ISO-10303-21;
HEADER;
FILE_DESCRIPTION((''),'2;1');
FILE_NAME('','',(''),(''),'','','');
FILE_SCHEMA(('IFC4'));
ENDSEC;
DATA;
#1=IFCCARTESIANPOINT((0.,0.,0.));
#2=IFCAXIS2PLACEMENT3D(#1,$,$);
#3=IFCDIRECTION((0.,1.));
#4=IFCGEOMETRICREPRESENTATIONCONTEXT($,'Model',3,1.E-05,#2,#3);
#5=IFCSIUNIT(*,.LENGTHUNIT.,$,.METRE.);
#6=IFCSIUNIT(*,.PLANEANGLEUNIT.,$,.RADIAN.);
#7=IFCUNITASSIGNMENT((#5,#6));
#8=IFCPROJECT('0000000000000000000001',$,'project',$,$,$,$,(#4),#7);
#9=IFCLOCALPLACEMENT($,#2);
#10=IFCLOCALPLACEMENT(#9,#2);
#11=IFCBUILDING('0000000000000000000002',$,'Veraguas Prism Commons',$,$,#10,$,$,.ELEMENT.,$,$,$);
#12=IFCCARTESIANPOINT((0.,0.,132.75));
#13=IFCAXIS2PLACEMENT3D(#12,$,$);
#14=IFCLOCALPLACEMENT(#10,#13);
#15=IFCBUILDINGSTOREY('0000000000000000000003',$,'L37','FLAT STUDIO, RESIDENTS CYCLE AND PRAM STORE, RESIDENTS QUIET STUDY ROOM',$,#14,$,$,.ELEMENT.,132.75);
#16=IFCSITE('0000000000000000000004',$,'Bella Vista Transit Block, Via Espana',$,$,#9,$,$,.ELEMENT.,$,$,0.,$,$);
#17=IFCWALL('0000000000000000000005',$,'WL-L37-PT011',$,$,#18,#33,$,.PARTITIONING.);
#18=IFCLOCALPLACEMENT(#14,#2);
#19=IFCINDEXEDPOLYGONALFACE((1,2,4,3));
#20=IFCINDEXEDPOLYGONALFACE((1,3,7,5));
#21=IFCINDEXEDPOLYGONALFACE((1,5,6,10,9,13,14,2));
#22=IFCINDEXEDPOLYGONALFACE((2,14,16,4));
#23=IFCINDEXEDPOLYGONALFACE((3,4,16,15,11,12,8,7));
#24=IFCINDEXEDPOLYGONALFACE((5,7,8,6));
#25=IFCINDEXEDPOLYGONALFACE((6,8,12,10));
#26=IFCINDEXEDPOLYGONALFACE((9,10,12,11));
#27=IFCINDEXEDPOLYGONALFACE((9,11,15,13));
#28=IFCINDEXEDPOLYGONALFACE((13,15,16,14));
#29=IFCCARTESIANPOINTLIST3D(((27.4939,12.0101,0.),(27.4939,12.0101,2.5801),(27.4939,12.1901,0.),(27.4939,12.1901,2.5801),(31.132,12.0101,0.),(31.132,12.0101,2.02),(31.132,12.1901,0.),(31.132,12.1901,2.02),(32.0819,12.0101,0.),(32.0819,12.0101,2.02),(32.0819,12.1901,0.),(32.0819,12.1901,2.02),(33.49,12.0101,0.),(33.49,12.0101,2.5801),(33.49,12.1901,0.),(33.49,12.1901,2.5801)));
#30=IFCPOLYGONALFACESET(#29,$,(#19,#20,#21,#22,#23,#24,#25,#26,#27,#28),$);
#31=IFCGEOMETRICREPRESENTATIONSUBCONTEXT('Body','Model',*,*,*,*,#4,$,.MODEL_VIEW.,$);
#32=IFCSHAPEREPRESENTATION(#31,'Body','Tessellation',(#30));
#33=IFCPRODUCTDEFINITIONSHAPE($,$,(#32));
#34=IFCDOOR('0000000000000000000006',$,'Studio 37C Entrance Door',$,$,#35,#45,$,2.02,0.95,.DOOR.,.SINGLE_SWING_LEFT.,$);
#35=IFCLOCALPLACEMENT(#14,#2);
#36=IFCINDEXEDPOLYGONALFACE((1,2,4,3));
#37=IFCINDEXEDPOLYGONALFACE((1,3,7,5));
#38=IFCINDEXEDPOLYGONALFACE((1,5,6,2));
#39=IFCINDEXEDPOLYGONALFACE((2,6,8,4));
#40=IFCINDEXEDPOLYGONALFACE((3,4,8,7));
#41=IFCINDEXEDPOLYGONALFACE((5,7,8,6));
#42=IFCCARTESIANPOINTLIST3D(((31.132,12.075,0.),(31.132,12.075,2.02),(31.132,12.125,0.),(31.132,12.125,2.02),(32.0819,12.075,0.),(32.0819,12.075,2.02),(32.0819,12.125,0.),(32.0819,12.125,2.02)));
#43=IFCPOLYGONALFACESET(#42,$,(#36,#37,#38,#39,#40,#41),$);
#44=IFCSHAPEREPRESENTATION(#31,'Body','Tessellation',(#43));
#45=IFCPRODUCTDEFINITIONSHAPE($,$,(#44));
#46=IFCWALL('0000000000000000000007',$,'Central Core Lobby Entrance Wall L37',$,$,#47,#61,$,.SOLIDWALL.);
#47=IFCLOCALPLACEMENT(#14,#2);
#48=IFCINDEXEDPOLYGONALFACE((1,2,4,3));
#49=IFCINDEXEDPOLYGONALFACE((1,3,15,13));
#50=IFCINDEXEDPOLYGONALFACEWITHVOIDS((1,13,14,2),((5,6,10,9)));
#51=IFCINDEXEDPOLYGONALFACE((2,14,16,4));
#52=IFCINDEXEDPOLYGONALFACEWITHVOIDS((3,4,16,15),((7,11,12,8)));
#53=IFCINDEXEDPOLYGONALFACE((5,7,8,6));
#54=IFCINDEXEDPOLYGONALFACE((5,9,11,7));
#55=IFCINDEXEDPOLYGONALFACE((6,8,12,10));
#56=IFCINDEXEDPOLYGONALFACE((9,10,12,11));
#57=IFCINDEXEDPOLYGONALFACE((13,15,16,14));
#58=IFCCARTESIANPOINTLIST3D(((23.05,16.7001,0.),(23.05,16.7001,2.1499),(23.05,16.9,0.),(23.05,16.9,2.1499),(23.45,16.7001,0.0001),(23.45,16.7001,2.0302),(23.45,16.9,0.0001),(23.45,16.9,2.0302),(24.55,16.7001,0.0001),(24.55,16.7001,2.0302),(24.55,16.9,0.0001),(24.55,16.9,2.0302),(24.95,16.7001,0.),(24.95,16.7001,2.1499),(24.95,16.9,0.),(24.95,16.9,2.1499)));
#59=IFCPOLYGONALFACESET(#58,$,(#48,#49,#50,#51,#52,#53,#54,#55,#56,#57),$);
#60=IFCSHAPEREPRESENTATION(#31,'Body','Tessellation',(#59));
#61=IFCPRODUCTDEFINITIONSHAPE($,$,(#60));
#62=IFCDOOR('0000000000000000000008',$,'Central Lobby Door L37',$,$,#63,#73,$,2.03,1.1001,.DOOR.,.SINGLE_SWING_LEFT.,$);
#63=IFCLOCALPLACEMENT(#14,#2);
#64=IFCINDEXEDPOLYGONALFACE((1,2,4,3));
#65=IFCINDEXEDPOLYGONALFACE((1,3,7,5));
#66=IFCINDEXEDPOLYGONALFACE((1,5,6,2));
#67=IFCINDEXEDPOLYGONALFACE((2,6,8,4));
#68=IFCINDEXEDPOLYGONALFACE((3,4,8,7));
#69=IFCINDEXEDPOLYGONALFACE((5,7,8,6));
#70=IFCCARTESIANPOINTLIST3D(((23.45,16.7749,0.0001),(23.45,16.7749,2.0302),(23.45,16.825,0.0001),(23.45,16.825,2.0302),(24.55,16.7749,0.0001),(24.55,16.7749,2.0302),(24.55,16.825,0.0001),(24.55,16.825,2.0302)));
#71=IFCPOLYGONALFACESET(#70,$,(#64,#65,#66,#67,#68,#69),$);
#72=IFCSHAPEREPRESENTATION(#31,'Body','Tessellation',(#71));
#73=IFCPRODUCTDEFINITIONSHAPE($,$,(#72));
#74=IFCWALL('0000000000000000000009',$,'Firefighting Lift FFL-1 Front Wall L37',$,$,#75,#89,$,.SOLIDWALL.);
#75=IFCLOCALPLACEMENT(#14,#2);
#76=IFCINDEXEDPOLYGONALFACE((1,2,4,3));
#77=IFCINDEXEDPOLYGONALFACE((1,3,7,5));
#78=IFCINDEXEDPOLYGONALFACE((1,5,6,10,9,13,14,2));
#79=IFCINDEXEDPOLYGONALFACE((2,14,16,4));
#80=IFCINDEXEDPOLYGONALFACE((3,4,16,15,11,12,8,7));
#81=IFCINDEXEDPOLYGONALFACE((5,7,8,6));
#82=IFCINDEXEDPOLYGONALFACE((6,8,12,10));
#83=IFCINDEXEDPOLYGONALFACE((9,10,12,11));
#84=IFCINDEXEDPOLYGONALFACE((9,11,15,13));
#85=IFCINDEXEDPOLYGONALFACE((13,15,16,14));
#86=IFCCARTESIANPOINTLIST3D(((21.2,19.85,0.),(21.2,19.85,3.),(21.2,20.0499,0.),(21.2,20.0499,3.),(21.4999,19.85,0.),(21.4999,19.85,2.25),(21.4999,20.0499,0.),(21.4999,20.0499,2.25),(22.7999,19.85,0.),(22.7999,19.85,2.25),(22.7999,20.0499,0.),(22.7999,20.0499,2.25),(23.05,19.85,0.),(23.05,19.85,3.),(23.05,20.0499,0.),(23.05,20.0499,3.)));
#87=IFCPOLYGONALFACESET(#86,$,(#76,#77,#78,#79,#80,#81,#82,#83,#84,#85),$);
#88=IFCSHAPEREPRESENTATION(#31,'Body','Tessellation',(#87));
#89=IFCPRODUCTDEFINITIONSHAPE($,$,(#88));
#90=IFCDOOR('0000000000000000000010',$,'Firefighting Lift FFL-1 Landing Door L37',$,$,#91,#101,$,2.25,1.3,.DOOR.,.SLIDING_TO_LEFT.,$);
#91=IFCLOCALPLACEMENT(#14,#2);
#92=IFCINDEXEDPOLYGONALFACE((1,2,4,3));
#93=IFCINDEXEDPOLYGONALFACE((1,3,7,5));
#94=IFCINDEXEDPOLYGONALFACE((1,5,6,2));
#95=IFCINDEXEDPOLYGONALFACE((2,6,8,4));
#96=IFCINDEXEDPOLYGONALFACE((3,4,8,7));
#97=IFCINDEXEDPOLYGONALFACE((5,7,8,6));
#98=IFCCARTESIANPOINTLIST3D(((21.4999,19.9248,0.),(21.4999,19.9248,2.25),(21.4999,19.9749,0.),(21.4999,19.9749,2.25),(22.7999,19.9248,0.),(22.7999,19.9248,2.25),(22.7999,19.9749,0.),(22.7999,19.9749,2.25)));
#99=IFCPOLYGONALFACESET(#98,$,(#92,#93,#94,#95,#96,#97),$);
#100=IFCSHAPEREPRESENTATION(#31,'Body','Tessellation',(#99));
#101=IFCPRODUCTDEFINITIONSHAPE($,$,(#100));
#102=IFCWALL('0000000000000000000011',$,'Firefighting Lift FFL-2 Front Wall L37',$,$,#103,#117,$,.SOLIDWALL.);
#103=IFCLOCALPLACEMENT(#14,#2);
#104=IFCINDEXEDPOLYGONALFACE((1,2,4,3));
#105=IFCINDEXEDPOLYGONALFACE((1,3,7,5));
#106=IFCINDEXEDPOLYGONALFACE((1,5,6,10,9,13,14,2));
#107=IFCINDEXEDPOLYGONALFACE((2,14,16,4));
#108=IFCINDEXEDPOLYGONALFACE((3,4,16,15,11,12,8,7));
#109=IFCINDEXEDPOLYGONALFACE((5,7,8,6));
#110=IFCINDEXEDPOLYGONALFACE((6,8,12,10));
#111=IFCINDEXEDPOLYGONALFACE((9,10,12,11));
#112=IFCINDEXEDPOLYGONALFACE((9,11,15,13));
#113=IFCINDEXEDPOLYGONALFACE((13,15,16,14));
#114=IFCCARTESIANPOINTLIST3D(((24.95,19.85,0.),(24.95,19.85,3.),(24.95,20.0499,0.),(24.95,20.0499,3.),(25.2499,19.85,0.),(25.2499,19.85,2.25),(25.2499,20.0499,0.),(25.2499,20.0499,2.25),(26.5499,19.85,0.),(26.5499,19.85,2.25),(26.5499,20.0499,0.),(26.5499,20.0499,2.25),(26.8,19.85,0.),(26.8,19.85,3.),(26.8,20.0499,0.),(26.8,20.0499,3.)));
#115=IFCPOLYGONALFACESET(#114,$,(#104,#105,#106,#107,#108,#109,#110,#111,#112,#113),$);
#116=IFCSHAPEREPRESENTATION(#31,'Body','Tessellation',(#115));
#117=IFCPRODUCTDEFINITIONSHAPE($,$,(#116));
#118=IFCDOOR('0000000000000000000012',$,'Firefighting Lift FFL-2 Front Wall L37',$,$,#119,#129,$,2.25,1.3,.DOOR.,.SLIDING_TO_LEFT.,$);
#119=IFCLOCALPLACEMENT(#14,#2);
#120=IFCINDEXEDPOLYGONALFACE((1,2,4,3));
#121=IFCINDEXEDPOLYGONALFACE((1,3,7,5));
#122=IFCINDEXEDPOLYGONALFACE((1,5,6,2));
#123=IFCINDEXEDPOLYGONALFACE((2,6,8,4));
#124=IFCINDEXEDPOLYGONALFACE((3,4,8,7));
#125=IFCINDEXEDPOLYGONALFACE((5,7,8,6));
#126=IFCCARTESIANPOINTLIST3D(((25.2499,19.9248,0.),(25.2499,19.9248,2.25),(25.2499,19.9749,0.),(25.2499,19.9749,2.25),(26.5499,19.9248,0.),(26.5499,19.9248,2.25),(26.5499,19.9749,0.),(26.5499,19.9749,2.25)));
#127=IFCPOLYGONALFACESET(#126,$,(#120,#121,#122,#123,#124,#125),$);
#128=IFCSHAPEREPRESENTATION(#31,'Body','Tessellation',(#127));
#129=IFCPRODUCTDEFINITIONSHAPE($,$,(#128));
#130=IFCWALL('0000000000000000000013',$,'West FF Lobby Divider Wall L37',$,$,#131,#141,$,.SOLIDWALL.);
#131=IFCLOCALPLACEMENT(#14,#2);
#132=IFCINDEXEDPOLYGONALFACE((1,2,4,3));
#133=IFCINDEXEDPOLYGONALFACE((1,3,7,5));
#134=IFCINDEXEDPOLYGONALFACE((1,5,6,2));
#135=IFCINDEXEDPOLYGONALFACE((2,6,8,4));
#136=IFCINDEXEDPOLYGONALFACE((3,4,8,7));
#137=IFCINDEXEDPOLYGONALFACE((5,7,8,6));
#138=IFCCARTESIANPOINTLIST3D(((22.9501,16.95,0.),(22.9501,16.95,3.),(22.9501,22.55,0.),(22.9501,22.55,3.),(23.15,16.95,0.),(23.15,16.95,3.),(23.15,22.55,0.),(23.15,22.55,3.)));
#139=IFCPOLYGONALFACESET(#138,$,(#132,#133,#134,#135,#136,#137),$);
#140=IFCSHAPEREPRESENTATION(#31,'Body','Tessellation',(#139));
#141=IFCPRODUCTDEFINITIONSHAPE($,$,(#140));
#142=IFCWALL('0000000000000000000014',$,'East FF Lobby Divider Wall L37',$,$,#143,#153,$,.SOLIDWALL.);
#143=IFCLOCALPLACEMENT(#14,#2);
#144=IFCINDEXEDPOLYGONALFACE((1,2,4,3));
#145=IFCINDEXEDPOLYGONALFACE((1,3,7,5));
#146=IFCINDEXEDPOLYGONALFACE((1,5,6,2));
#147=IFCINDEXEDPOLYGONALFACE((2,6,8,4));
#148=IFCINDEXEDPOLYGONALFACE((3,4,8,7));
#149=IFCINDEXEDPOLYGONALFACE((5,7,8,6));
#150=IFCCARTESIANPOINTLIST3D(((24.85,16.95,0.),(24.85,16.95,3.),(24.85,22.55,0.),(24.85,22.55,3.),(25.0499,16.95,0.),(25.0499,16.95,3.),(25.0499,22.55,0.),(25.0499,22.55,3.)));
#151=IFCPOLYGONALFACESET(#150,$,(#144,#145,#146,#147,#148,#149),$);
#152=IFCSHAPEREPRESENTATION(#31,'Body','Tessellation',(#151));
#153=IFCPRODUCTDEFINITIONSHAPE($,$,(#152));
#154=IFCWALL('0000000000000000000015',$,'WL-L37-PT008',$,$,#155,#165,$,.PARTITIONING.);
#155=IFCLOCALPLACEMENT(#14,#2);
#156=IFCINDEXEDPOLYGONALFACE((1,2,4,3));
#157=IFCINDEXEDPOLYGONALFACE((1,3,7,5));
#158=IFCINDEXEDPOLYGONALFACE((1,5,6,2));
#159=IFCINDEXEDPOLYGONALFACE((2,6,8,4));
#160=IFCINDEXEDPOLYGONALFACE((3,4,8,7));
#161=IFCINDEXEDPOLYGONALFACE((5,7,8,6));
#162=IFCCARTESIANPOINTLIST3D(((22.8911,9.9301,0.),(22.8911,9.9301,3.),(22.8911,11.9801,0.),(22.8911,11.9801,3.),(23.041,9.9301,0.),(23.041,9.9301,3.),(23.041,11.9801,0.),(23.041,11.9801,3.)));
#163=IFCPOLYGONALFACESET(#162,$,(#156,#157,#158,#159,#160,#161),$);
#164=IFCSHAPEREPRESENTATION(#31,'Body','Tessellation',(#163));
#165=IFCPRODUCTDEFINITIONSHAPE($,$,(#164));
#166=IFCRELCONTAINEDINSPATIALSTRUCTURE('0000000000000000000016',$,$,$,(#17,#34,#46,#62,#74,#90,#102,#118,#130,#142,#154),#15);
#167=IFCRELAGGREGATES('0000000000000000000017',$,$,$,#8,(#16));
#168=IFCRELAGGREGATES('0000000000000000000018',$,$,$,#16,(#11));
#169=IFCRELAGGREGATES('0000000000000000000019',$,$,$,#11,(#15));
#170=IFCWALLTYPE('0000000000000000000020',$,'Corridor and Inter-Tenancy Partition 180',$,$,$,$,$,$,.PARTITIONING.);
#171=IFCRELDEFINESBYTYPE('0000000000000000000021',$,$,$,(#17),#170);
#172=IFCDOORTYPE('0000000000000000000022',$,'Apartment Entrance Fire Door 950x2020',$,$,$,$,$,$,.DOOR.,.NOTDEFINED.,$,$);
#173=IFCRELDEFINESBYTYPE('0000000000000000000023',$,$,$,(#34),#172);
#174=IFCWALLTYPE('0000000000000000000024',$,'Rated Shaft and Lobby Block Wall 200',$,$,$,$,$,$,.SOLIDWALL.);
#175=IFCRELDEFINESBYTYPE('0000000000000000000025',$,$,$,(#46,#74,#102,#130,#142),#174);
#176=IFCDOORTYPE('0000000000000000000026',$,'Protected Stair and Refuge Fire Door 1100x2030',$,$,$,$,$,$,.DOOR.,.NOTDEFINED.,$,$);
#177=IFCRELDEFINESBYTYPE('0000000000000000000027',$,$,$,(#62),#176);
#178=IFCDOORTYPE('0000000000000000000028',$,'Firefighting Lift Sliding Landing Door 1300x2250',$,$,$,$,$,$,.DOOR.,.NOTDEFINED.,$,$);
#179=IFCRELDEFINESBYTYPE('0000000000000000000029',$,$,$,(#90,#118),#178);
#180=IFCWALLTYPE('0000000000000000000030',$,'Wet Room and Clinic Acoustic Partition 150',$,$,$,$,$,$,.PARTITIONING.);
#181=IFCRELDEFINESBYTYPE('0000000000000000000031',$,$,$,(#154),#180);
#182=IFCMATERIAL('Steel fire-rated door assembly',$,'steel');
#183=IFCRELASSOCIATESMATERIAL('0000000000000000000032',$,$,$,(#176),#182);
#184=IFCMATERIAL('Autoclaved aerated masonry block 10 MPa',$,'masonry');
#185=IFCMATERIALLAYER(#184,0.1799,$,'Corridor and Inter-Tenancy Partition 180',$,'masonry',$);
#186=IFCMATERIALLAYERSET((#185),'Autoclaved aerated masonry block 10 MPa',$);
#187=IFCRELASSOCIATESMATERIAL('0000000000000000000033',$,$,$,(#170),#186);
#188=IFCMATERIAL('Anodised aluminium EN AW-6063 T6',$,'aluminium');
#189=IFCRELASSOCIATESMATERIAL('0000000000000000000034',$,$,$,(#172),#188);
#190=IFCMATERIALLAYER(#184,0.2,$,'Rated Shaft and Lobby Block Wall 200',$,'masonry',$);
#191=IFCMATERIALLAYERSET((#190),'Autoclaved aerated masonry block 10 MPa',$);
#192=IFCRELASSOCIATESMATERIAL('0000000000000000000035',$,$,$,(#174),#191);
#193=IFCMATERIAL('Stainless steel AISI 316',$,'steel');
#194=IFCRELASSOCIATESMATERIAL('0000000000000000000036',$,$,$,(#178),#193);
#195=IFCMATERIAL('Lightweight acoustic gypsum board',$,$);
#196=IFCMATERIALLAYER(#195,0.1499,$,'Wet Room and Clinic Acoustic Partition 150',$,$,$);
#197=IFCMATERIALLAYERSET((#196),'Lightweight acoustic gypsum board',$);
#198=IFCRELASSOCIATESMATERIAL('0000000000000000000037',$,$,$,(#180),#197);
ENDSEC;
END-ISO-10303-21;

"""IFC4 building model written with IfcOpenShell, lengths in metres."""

from ifc_helpers import new_model, si_unit, direction, frame, frame_2d, origin, place, context, subcontext, project, spatial, rectangle, extrude, source, transform, mapped, material, layer, layer_set, type_object, element, fill, save


model = new_model("IFC4")

# Units and contexts
model_context = context("Model", 3, precision=1e-05, world=origin(), true_north=direction((0.0, 1.0)))
body_context = subcontext(model_context, "Body", "Model", "MODEL_VIEW")
ifc_project = project(units=[si_unit("LENGTHUNIT", "METRE"), si_unit("PLANEANGLEUNIT", "RADIAN")], contexts=[model_context])

# Site, building, storey
site_placement = place(None, origin())
site = spatial("IfcSite", under=ifc_project, at=site_placement, Name="Bella Vista Transit Block, Via Espana", CompositionType="ELEMENT", RefElevation=0.0)
building_placement = place(site_placement, origin())
building = spatial("IfcBuilding", under=site, at=building_placement, Name="Veraguas Prism Commons", CompositionType="ELEMENT")
storey_placement = place(building_placement, frame((0.0, 0.0, 132.75)))
storey = spatial("IfcBuildingStorey", under=building, at=storey_placement, Name="L37", Description="FLAT STUDIO, RESIDENTS CYCLE AND PRAM STORE, RESIDENTS QUIET STUDY ROOM", CompositionType="ELEMENT", Elevation=132.75)

# Shared definitions
ifc_material_1 = material(Name="Steel fire-rated door assembly", Category="steel")
door_type_1 = type_object("IfcDoorType", Name="Protected Stair and Refuge Fire Door 1100x2030", OperationType="NOTDEFINED", PredefinedType="DOOR", material=ifc_material_1)
shared_shape_1 = source(origin(), body_context, "Body", "SweptSolid", [
    extrude(rectangle(XDim=1.1001, YDim=2.03, at=frame_2d((0.55, 1.0151))), frame((0.0, 0.0249, 0.0), z_axis=(0.0, -1.0, 0.0), x_axis=(1.0, 0.0, 0.0)), (0.0, 0.0, 1.0), 0.05),
])

# Shared definitions
ifc_material_2 = material(Name="Autoclaved aerated masonry block 10 MPa", Category="masonry")
ifc_layer_1 = layer(ifc_material_2, 0.1799, Name="Corridor and Inter-Tenancy Partition 180", Category="masonry")
ifc_layer_set_1 = layer_set([ifc_layer_1], Name="Autoclaved aerated masonry block 10 MPa")
wall_type_1 = type_object("IfcWallType", Name="Corridor and Inter-Tenancy Partition 180", PredefinedType="PARTITIONING", material=ifc_layer_set_1)

# Walls, openings, doors
wall_1_placement = place(storey_placement, frame((27.4939, 12.1001, 0.0), z_axis=(0.0, 0.0, 1.0), x_axis=(1.0, 0.0, 0.0)))
wall_1 = element("IfcWall", 1, at=wall_1_placement, inside=storey, type_object=wall_type_1, Name="WL-L37-PT011", PredefinedType="PARTITIONING", context=body_context, shape_type="SweptSolid", body=[
    extrude(rectangle(XDim=5.9961, YDim=0.1799, at=frame_2d((2.998, 0.0))), origin(), (0.0, 0.0, 1.0), 2.5801),
])
opening_1_placement = place(wall_1_placement, frame((3.6379, 0.0, 0.0)))
opening_1 = element("IfcOpeningElement", 2, at=opening_1_placement, cuts=wall_1, PredefinedType="OPENING", context=body_context, shape_type="SweptSolid", body=[
    extrude(rectangle(XDim=0.95, YDim=2.02, at=frame_2d((0.4751, 1.01))), frame((0.0, 0.0999, 0.0), z_axis=(0.0, -1.0, 0.0), x_axis=(1.0, 0.0, 0.0)), (0.0, 0.0, 1.0), 0.2),
])
ifc_material_3 = material(Name="Anodised aluminium EN AW-6063 T6", Category="aluminium")
door_type_2 = type_object("IfcDoorType", Name="Apartment Entrance Fire Door 950x2020", OperationType="NOTDEFINED", PredefinedType="DOOR", material=ifc_material_3)
shared_shape_2 = source(origin(), body_context, "Body", "SweptSolid", [
    extrude(rectangle(XDim=0.95, YDim=2.02, at=frame_2d((0.4751, 1.01))), frame((0.0, 0.0249, 0.0), z_axis=(0.0, -1.0, 0.0), x_axis=(1.0, 0.0, 0.0)), (0.0, 0.0, 1.0), 0.05),
])
door_1_placement = place(opening_1_placement, origin())
door_1 = element("IfcDoor", 3, at=door_1_placement, inside=storey, type_object=door_type_2, Name="Studio 37C Entrance Door", OperationType="SINGLE_SWING_LEFT", OverallHeight=2.02, OverallWidth=0.95, PredefinedType="DOOR", context=body_context, shape_type="MappedRepresentation", body=[
    mapped(shared_shape_2, transform((0.0, 0.0, 0.0), scale=1.0)),
])
fill(opening_1, door_1)
ifc_layer_2 = layer(ifc_material_2, 0.2, Name="Rated Shaft and Lobby Block Wall 200", Category="masonry")
ifc_layer_set_2 = layer_set([ifc_layer_2], Name="Autoclaved aerated masonry block 10 MPa")
wall_type_2 = type_object("IfcWallType", Name="Rated Shaft and Lobby Block Wall 200", PredefinedType="SOLIDWALL", material=ifc_layer_set_2)
wall_2_placement = place(storey_placement, frame((23.05, 16.8, 0.0), z_axis=(0.0, 0.0, 1.0), x_axis=(1.0, 0.0, 0.0)))
wall_2 = element("IfcWall", 4, at=wall_2_placement, inside=storey, type_object=wall_type_2, Name="Central Core Lobby Entrance Wall L37", PredefinedType="SOLIDWALL", context=body_context, shape_type="SweptSolid", body=[
    extrude(rectangle(XDim=1.8999, YDim=0.2, at=frame_2d((0.95, 0.0))), origin(), (0.0, 0.0, 1.0), 2.1499),
])
opening_2_placement = place(wall_2_placement, frame((0.3999, 0.0, 0.0)))
opening_2 = element("IfcOpeningElement", 5, at=opening_2_placement, cuts=wall_2, PredefinedType="OPENING", context=body_context, shape_type="SweptSolid", body=[
    extrude(rectangle(XDim=1.1001, YDim=2.03, at=frame_2d((0.55, 1.0151))), frame((0.0, 0.1099, 0.0), z_axis=(0.0, -1.0, 0.0), x_axis=(1.0, 0.0, 0.0)), (0.0, 0.0, 1.0), 0.22),
])
door_2_placement = place(opening_2_placement, origin())
door_2 = element("IfcDoor", 6, at=door_2_placement, inside=storey, type_object=door_type_1, Name="Central Lobby Door L37", OperationType="SINGLE_SWING_LEFT", OverallHeight=2.03, OverallWidth=1.1001, PredefinedType="DOOR", context=body_context, shape_type="MappedRepresentation", body=[
    mapped(shared_shape_1, transform((0.0, 0.0, 0.0), scale=1.0)),
])
fill(opening_2, door_2)
wall_3_placement = place(storey_placement, frame((21.2, 19.95, 0.0), z_axis=(0.0, 0.0, 1.0), x_axis=(1.0, 0.0, 0.0)))
wall_3 = element("IfcWall", 7, at=wall_3_placement, inside=storey, type_object=wall_type_2, Name="Firefighting Lift FFL-1 Front Wall L37", PredefinedType="SOLIDWALL", context=body_context, shape_type="SweptSolid", body=[
    extrude(rectangle(XDim=1.8501, YDim=0.2, at=frame_2d((0.925, 0.0))), origin(), (0.0, 0.0, 1.0), 3.0),
])
opening_3_placement = place(wall_3_placement, frame((0.3, 0.0, 0.0)))
opening_3 = element("IfcOpeningElement", 8, at=opening_3_placement, cuts=wall_3, PredefinedType="OPENING", context=body_context, shape_type="SweptSolid", body=[
    extrude(rectangle(XDim=1.3, YDim=2.25, at=frame_2d((0.6499, 1.125))), frame((0.0, 0.1099, 0.0), z_axis=(0.0, -1.0, 0.0), x_axis=(1.0, 0.0, 0.0)), (0.0, 0.0, 1.0), 0.22),
])
ifc_material_4 = material(Name="Stainless steel AISI 316", Category="steel")
door_type_3 = type_object("IfcDoorType", Name="Firefighting Lift Sliding Landing Door 1300x2250", OperationType="NOTDEFINED", PredefinedType="DOOR", material=ifc_material_4)
shared_shape_3 = source(origin(), body_context, "Body", "SweptSolid", [
    extrude(rectangle(XDim=1.3, YDim=2.25, at=frame_2d((0.6499, 1.125))), frame((0.0, 0.0249, 0.0), z_axis=(0.0, -1.0, 0.0), x_axis=(1.0, 0.0, 0.0)), (0.0, 0.0, 1.0), 0.05),
])
door_3_placement = place(opening_3_placement, origin())
door_3 = element("IfcDoor", 9, at=door_3_placement, inside=storey, type_object=door_type_3, Name="Firefighting Lift FFL-1 Landing Door L37", OperationType="SLIDING_TO_LEFT", OverallHeight=2.25, OverallWidth=1.3, PredefinedType="DOOR", context=body_context, shape_type="MappedRepresentation", body=[
    mapped(shared_shape_3, transform((0.0, 0.0, 0.0), scale=1.0)),
])
fill(opening_3, door_3)
wall_4_placement = place(storey_placement, frame((24.95, 19.95, 0.0), z_axis=(0.0, 0.0, 1.0), x_axis=(1.0, 0.0, 0.0)))
wall_4 = element("IfcWall", 10, at=wall_4_placement, inside=storey, type_object=wall_type_2, Name="Firefighting Lift FFL-2 Front Wall L37", PredefinedType="SOLIDWALL", context=body_context, shape_type="SweptSolid", body=[
    extrude(rectangle(XDim=1.8501, YDim=0.2, at=frame_2d((0.925, 0.0))), origin(), (0.0, 0.0, 1.0), 3.0),
])
opening_4_placement = place(wall_4_placement, frame((0.3, 0.0, 0.0)))
opening_4 = element("IfcOpeningElement", 11, at=opening_4_placement, cuts=wall_4, PredefinedType="OPENING", context=body_context, shape_type="SweptSolid", body=[
    extrude(rectangle(XDim=1.3, YDim=2.25, at=frame_2d((0.6499, 1.125))), frame((0.0, 0.1099, 0.0), z_axis=(0.0, -1.0, 0.0), x_axis=(1.0, 0.0, 0.0)), (0.0, 0.0, 1.0), 0.22),
])
door_4_placement = place(opening_4_placement, origin())
door_4 = element("IfcDoor", 12, at=door_4_placement, inside=storey, type_object=door_type_3, Name="Firefighting Lift FFL-2 Front Wall L37", OperationType="SLIDING_TO_LEFT", OverallHeight=2.25, OverallWidth=1.3, PredefinedType="DOOR", context=body_context, shape_type="MappedRepresentation", body=[
    mapped(shared_shape_3, transform((0.0, 0.0, 0.0), scale=1.0)),
])
fill(opening_4, door_4)

# Walls
for number, where, z_axis, x_axis, name in (
    (13, (23.05, 16.95, 0.0), (0.0, 0.0, 1.0), (0.0, 1.0, 0.0), "West FF Lobby Divider Wall L37"),
    (14, (24.95, 16.95, 0.0), (0.0, 0.0, 1.0), (0.0, 1.0, 0.0), "East FF Lobby Divider Wall L37"),
):
    element("IfcWall", number, at=place(storey_placement, frame(where, z_axis=z_axis, x_axis=x_axis)), inside=storey, type_object=wall_type_2, Name=name, PredefinedType="SOLIDWALL", context=body_context, shape_type="SweptSolid", body=[
        extrude(rectangle(XDim=5.6001, YDim=0.2, at=frame_2d((2.8, 0.0))), origin(), (0.0, 0.0, 1.0), 3.0),
    ])
ifc_material_5 = material(Name="Lightweight acoustic gypsum board")
ifc_layer_3 = layer(ifc_material_5, 0.1499, Name="Wet Room and Clinic Acoustic Partition 150")
ifc_layer_set_3 = layer_set([ifc_layer_3], Name="Lightweight acoustic gypsum board")
wall_type_3 = type_object("IfcWallType", Name="Wet Room and Clinic Acoustic Partition 150", PredefinedType="PARTITIONING", material=ifc_layer_set_3)
wall_5_placement = place(storey_placement, frame((22.9661, 11.98, 0.0), z_axis=(0.0, 0.0, 1.0), x_axis=(0.0, -1.0, 0.0)))
element("IfcWall", 15, at=wall_5_placement, inside=storey, type_object=wall_type_3, Name="WL-L37-PT008", PredefinedType="PARTITIONING", context=body_context, shape_type="SweptSolid", body=[
    extrude(rectangle(XDim=2.05, YDim=0.1499, at=frame_2d((1.0249, 0.0))), origin(), (0.0, 0.0, 1.0), 3.0),
])

save(model, "model.ifc")
